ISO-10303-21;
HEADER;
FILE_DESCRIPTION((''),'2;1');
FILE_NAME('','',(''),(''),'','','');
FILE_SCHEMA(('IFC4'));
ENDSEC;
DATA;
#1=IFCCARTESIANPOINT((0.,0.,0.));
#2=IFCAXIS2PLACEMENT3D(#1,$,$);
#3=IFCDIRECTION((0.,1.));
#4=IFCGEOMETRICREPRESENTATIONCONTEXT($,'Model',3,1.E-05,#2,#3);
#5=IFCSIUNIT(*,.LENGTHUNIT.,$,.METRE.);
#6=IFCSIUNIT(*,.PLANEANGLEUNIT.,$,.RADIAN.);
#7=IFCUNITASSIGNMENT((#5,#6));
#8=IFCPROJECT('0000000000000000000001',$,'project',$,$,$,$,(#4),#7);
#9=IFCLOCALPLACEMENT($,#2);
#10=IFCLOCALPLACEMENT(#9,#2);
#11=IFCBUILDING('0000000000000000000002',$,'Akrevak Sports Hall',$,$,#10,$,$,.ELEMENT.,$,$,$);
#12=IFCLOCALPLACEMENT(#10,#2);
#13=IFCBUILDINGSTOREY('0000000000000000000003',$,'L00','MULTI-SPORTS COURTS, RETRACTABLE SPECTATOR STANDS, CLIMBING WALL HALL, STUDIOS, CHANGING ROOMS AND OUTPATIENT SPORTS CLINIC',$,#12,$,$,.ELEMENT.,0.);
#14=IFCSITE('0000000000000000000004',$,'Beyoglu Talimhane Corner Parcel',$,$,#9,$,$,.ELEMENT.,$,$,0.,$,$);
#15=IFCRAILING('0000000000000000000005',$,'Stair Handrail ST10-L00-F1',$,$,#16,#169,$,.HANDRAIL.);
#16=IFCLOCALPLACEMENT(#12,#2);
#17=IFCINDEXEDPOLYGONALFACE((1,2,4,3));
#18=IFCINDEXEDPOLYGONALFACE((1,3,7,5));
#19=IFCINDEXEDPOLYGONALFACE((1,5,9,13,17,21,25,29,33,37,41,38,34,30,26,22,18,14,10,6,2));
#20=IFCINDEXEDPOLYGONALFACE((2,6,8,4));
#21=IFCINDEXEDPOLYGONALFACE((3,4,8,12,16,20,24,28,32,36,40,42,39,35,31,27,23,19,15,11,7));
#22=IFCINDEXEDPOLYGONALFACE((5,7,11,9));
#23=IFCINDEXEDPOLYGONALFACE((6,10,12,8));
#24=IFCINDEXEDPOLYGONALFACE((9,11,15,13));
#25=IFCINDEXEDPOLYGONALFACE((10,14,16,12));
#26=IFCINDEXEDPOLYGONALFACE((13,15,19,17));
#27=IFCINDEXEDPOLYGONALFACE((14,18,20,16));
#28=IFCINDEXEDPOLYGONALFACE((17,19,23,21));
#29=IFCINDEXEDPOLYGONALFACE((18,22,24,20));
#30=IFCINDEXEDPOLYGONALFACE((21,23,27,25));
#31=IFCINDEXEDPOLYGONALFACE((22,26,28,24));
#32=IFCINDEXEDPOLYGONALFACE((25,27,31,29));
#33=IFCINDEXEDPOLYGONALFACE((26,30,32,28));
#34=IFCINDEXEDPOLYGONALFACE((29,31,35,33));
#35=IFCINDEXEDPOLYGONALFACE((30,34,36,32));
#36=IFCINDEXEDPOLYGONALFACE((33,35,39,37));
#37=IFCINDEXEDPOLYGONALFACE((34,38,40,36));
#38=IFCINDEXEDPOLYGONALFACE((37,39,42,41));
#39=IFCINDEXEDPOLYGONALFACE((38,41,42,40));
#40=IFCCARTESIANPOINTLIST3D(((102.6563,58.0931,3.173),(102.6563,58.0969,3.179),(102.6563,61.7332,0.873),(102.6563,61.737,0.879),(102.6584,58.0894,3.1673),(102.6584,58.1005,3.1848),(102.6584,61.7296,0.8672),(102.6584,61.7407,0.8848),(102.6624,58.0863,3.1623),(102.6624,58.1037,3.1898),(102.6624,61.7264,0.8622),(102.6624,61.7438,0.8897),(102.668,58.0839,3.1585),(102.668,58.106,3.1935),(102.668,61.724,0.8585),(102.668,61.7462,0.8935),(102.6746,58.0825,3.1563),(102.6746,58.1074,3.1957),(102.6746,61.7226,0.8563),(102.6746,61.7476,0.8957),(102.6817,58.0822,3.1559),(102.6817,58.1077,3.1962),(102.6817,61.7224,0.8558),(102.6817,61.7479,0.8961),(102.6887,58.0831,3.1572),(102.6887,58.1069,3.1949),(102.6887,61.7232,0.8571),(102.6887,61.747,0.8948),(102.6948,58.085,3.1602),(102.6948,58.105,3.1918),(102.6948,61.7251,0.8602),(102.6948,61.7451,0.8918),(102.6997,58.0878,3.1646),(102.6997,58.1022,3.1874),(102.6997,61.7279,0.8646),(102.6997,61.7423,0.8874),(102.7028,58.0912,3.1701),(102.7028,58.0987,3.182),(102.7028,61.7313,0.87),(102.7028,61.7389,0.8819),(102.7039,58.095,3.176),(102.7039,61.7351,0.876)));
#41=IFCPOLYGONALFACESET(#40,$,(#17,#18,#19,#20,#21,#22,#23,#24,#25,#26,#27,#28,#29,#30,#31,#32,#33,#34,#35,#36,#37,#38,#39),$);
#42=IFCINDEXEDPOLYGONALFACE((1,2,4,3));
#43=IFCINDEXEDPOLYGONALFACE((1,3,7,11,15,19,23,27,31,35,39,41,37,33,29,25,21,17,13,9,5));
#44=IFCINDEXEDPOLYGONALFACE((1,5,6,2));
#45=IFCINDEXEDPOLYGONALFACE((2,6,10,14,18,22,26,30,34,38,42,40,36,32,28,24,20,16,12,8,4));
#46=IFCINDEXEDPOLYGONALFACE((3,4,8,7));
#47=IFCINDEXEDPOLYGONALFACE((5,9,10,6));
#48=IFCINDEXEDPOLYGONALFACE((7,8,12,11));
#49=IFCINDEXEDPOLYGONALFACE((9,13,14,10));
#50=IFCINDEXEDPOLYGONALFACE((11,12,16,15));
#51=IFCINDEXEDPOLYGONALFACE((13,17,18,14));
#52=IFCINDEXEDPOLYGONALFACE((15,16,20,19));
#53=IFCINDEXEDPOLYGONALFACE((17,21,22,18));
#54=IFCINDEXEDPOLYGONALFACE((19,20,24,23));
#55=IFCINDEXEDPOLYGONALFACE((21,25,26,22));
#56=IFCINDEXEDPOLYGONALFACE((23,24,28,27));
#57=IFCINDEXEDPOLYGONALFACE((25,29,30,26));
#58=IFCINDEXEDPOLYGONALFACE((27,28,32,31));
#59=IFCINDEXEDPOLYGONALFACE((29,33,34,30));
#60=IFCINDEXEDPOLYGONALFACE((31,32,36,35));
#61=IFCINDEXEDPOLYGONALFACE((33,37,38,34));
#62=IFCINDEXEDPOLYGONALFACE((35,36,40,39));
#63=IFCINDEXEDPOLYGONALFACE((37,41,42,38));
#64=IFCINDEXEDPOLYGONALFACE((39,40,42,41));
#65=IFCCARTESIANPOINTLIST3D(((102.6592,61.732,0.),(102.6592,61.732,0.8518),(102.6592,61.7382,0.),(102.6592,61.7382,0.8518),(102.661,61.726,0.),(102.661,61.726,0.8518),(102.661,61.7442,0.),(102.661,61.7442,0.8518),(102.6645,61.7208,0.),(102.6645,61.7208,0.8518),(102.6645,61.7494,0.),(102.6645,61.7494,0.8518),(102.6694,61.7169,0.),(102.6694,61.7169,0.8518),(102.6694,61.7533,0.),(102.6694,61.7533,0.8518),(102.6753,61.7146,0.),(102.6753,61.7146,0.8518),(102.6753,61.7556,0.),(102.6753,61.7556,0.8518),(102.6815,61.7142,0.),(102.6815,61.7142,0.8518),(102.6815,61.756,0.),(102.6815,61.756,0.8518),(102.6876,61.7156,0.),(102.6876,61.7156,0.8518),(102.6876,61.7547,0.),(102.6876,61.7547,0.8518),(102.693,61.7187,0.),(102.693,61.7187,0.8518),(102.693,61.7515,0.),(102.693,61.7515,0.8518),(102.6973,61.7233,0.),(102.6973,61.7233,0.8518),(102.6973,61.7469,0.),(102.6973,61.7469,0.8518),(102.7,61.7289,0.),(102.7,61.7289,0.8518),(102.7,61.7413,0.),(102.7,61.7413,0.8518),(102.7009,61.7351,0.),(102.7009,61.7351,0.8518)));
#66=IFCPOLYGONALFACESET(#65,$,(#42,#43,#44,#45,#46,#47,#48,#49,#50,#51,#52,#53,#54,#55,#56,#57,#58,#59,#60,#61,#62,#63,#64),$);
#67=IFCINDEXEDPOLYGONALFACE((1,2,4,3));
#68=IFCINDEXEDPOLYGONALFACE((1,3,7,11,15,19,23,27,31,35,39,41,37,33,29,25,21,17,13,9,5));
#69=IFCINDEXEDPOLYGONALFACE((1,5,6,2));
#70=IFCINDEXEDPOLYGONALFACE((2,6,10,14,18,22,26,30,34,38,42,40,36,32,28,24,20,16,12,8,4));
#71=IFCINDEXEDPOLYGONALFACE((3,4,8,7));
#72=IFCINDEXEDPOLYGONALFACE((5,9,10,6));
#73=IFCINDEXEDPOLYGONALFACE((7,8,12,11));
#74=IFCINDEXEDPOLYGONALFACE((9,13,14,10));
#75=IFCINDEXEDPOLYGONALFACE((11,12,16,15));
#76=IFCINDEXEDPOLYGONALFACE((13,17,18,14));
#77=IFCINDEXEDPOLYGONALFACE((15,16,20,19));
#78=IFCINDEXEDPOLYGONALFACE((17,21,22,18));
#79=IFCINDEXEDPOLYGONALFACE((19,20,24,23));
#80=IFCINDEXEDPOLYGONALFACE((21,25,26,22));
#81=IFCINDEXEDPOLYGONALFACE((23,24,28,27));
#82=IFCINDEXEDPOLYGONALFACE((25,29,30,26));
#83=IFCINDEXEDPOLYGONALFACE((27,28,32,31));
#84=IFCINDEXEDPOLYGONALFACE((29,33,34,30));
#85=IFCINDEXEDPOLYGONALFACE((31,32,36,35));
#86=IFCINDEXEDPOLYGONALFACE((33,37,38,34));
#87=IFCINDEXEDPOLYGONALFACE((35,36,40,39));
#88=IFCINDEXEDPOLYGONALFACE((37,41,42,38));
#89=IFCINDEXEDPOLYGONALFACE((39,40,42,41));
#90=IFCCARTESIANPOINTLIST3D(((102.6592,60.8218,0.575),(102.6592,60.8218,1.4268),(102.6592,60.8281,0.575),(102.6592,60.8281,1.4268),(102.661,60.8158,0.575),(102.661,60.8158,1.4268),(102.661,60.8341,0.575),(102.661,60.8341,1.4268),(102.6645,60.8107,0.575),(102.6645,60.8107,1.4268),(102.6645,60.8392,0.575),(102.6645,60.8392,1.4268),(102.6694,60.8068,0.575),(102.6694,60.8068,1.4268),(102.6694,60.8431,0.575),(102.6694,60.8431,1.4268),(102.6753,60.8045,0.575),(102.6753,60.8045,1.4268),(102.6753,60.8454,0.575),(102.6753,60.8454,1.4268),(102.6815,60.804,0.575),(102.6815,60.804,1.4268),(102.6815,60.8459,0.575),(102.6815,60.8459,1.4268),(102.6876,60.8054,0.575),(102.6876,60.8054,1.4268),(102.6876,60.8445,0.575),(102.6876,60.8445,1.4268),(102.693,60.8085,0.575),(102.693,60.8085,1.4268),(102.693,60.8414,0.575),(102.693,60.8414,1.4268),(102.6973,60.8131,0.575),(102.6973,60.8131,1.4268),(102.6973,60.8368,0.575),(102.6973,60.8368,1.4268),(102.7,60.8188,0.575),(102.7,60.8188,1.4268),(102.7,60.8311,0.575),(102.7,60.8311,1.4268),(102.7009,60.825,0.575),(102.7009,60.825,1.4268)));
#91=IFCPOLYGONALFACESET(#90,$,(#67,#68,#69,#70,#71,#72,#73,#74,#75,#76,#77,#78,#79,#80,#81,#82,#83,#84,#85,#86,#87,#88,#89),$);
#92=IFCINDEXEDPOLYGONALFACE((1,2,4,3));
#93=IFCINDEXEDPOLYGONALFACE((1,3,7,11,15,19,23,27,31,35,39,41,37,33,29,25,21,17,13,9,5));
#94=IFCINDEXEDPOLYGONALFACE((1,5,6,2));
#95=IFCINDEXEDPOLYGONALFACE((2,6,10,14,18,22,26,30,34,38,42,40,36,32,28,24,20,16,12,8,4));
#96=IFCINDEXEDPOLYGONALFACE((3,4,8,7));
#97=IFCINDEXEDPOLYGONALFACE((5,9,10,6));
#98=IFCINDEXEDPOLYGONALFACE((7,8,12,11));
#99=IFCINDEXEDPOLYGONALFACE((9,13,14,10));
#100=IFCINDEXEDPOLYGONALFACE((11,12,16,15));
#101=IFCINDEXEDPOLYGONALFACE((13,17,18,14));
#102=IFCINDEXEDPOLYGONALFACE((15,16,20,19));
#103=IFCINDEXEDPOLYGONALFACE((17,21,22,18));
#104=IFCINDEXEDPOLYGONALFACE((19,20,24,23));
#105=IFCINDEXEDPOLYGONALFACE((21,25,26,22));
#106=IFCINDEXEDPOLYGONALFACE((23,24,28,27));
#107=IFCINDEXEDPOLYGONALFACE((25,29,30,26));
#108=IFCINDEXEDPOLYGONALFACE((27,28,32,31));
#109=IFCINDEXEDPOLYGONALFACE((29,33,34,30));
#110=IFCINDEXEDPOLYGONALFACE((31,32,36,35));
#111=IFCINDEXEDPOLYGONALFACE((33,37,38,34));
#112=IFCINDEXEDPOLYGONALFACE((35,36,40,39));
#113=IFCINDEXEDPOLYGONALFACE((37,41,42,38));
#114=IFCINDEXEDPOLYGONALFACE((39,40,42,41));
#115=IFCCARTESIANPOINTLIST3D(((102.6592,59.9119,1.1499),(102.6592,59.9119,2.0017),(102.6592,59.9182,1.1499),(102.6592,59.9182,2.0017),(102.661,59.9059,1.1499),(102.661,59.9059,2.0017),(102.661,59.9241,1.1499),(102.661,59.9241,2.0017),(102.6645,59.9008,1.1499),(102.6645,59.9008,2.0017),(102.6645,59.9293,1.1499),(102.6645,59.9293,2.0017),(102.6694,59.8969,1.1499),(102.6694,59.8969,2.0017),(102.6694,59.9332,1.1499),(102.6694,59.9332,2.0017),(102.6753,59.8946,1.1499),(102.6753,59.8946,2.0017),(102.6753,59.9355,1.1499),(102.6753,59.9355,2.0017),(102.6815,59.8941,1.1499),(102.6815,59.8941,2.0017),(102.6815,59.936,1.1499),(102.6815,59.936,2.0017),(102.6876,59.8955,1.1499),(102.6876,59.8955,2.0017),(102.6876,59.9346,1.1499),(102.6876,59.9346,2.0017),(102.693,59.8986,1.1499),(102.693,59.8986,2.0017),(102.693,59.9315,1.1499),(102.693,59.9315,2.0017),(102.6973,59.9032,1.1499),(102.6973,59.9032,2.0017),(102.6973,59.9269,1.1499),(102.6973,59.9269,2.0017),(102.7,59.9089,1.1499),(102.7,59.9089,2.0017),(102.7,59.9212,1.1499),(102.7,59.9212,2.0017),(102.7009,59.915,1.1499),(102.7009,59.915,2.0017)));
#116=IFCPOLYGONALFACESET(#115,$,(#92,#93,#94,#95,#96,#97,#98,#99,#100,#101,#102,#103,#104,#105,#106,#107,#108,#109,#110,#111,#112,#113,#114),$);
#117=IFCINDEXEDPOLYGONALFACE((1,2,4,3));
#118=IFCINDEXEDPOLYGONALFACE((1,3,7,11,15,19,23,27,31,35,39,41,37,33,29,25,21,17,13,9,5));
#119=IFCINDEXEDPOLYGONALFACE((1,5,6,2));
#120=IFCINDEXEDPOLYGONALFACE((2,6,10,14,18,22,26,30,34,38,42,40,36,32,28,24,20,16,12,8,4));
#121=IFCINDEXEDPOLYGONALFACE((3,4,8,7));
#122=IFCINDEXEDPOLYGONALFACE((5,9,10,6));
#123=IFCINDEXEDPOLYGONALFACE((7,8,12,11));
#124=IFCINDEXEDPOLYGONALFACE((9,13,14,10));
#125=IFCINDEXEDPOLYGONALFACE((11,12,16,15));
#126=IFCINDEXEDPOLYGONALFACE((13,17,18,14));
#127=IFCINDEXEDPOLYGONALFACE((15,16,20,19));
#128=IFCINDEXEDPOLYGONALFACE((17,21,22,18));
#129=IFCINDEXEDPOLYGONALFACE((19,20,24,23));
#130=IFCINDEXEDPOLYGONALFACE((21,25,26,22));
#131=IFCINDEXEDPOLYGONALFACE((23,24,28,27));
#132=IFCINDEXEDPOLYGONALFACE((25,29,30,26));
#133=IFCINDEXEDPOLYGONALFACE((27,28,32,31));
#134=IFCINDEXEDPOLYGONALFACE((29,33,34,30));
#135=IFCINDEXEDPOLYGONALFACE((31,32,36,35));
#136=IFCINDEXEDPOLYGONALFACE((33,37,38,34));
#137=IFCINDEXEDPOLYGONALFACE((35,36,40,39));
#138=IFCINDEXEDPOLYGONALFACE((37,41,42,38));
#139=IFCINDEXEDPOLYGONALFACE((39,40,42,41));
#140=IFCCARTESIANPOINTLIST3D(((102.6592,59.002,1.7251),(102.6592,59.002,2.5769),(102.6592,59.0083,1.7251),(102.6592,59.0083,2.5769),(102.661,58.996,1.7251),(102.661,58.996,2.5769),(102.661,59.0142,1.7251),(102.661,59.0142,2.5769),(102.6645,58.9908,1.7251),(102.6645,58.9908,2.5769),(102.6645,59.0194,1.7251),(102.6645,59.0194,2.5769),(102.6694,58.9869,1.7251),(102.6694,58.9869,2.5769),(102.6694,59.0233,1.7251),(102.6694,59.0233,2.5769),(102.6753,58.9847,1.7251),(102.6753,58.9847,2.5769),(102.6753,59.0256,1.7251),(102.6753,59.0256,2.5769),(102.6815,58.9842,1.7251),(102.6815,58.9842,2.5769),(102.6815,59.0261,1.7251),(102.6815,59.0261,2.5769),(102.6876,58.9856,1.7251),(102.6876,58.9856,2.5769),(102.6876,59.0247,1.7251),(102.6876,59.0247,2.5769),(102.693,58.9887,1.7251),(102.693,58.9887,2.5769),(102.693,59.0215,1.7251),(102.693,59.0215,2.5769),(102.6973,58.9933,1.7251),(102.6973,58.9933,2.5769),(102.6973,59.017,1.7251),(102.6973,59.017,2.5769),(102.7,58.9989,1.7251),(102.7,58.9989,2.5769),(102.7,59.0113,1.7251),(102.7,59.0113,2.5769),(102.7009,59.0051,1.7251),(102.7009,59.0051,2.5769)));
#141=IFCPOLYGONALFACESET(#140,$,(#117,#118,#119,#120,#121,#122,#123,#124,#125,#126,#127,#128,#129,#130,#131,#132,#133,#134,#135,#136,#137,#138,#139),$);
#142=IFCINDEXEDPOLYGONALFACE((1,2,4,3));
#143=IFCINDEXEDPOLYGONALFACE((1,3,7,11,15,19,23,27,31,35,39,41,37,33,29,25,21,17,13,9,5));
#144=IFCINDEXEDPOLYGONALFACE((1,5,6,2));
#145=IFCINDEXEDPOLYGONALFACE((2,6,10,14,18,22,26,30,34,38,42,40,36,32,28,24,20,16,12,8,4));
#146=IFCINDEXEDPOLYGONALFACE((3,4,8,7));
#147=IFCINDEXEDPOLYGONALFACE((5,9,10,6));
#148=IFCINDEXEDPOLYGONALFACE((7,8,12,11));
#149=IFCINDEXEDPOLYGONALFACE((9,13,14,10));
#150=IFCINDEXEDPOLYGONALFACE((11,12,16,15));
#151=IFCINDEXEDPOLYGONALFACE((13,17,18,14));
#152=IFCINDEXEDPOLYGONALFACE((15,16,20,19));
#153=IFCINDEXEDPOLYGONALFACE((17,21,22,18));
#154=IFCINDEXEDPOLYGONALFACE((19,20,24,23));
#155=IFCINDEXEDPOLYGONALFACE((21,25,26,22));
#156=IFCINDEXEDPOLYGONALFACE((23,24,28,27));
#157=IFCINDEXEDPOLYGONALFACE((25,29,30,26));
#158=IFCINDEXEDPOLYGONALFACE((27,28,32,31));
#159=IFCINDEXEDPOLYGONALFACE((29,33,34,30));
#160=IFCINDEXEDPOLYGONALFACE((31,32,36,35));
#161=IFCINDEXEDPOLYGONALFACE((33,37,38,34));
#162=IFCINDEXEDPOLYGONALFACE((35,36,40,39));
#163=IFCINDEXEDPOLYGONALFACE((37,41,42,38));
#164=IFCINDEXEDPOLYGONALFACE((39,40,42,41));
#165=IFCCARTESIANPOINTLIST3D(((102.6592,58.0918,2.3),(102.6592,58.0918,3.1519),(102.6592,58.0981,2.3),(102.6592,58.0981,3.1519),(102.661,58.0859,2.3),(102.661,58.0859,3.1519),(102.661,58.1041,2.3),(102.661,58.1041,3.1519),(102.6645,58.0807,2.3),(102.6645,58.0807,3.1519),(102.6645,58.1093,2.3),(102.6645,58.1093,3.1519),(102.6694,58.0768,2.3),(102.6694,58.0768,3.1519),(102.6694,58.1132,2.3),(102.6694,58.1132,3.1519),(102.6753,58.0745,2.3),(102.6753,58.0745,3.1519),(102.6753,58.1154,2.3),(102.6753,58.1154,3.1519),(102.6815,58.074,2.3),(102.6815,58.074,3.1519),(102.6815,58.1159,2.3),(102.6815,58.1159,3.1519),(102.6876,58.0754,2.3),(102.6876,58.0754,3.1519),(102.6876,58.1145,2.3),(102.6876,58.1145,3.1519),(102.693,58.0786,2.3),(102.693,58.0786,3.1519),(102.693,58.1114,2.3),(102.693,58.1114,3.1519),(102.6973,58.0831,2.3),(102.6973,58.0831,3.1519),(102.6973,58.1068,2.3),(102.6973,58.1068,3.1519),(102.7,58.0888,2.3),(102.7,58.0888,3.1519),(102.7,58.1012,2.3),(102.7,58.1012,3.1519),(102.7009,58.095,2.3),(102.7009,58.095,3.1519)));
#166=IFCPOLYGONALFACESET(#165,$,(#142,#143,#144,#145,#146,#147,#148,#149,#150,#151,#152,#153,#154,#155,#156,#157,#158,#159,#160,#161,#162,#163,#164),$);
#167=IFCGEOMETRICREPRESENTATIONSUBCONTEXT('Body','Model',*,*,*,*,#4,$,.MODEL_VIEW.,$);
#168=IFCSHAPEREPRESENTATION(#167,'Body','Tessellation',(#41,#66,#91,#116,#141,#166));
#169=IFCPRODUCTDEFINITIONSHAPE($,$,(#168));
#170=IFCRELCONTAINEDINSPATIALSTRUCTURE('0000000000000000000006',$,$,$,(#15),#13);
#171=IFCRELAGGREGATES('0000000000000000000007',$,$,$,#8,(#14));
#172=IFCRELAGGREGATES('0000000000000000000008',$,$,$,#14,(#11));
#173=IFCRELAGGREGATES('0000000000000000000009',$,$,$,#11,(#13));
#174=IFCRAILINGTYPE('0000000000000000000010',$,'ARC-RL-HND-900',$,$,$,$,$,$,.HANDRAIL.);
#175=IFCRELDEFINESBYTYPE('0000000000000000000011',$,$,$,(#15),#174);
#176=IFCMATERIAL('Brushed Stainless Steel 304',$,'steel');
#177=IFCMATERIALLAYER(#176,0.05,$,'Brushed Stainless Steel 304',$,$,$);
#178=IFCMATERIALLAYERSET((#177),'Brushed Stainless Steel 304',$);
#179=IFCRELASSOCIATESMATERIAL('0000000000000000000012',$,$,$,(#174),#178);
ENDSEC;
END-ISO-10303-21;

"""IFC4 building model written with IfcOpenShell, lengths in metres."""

from ifc_helpers import new_model, si_unit, direction, frame, origin, origin_2d, place, context, subcontext, project, spatial, circle, extrude, material, layer, layer_set, type_object, element, save


model = new_model("IFC4")

# Units and contexts
model_context = context("Model", 3, precision=1e-05, world=origin(), true_north=direction((0.0, 1.0)))
body_context = subcontext(model_context, "Body", "Model", "MODEL_VIEW")
ifc_project = project(units=[si_unit("LENGTHUNIT", "METRE"), si_unit("PLANEANGLEUNIT", "RADIAN")], contexts=[model_context])

# Site, building, storey
site_placement = place(None, origin())
site = spatial("IfcSite", under=ifc_project, at=site_placement, Name="Beyoglu Talimhane Corner Parcel", CompositionType="ELEMENT", RefElevation=0.0)
building_placement = place(site_placement, origin())
building = spatial("IfcBuilding", under=site, at=building_placement, Name="Akrevak Sports Hall", CompositionType="ELEMENT")
storey_placement = place(building_placement, origin())
storey = spatial("IfcBuildingStorey", under=building, at=storey_placement, Name="L00", Description="MULTI-SPORTS COURTS, RETRACTABLE SPECTATOR STANDS, CLIMBING WALL HALL, STUDIOS, CHANGING ROOMS AND OUTPATIENT SPORTS CLINIC", CompositionType="ELEMENT", Elevation=0.0)

# Railing
ifc_material_1 = material(Name="Brushed Stainless Steel 304", Category="steel")
ifc_layer_1 = layer(ifc_material_1, 0.05, Name="Brushed Stainless Steel 304")
ifc_layer_set_1 = layer_set([ifc_layer_1], Name="Brushed Stainless Steel 304")
railing_type_1 = type_object("IfcRailingType", Name="ARC-RL-HND-900", PredefinedType="HANDRAIL", material=ifc_layer_set_1)
railing_1_placement = place(storey_placement, frame((102.6799, 61.7351, 0.0)))
element("IfcRailing", 1, at=railing_1_placement, inside=storey, type_object=railing_type_1, Name="Stair Handrail ST10-L00-F1", PredefinedType="HANDRAIL", context=body_context, shape_type="SweptSolid", body=[
    extrude(circle(Radius=0.0239, at=origin_2d()), frame((0.0, 0.0, 0.876), z_axis=(0.0, -0.845382, 0.534162), x_axis=(1.0, 0.0, 0.0)), (0.0, 0.0, 1.0), 4.3059),
    extrude(circle(Radius=0.021, at=origin_2d()), origin(), (0.0, 0.0, 1.0), 0.8518),
    extrude(circle(Radius=0.021, at=origin_2d()), frame((0.0, -0.9102, 0.575)), (0.0, 0.0, 1.0), 0.8518),
    extrude(circle(Radius=0.021, at=origin_2d()), frame((0.0, -1.8201, 1.1499)), (0.0, 0.0, 1.0), 0.8518),
    extrude(circle(Radius=0.021, at=origin_2d()), frame((0.0, -2.73, 1.7251)), (0.0, 0.0, 1.0), 0.8518),
    extrude(circle(Radius=0.021, at=origin_2d()), frame((0.0, -3.6401, 2.3)), (0.0, 0.0, 1.0), 0.8518),
])

save(model, "model.ifc")
